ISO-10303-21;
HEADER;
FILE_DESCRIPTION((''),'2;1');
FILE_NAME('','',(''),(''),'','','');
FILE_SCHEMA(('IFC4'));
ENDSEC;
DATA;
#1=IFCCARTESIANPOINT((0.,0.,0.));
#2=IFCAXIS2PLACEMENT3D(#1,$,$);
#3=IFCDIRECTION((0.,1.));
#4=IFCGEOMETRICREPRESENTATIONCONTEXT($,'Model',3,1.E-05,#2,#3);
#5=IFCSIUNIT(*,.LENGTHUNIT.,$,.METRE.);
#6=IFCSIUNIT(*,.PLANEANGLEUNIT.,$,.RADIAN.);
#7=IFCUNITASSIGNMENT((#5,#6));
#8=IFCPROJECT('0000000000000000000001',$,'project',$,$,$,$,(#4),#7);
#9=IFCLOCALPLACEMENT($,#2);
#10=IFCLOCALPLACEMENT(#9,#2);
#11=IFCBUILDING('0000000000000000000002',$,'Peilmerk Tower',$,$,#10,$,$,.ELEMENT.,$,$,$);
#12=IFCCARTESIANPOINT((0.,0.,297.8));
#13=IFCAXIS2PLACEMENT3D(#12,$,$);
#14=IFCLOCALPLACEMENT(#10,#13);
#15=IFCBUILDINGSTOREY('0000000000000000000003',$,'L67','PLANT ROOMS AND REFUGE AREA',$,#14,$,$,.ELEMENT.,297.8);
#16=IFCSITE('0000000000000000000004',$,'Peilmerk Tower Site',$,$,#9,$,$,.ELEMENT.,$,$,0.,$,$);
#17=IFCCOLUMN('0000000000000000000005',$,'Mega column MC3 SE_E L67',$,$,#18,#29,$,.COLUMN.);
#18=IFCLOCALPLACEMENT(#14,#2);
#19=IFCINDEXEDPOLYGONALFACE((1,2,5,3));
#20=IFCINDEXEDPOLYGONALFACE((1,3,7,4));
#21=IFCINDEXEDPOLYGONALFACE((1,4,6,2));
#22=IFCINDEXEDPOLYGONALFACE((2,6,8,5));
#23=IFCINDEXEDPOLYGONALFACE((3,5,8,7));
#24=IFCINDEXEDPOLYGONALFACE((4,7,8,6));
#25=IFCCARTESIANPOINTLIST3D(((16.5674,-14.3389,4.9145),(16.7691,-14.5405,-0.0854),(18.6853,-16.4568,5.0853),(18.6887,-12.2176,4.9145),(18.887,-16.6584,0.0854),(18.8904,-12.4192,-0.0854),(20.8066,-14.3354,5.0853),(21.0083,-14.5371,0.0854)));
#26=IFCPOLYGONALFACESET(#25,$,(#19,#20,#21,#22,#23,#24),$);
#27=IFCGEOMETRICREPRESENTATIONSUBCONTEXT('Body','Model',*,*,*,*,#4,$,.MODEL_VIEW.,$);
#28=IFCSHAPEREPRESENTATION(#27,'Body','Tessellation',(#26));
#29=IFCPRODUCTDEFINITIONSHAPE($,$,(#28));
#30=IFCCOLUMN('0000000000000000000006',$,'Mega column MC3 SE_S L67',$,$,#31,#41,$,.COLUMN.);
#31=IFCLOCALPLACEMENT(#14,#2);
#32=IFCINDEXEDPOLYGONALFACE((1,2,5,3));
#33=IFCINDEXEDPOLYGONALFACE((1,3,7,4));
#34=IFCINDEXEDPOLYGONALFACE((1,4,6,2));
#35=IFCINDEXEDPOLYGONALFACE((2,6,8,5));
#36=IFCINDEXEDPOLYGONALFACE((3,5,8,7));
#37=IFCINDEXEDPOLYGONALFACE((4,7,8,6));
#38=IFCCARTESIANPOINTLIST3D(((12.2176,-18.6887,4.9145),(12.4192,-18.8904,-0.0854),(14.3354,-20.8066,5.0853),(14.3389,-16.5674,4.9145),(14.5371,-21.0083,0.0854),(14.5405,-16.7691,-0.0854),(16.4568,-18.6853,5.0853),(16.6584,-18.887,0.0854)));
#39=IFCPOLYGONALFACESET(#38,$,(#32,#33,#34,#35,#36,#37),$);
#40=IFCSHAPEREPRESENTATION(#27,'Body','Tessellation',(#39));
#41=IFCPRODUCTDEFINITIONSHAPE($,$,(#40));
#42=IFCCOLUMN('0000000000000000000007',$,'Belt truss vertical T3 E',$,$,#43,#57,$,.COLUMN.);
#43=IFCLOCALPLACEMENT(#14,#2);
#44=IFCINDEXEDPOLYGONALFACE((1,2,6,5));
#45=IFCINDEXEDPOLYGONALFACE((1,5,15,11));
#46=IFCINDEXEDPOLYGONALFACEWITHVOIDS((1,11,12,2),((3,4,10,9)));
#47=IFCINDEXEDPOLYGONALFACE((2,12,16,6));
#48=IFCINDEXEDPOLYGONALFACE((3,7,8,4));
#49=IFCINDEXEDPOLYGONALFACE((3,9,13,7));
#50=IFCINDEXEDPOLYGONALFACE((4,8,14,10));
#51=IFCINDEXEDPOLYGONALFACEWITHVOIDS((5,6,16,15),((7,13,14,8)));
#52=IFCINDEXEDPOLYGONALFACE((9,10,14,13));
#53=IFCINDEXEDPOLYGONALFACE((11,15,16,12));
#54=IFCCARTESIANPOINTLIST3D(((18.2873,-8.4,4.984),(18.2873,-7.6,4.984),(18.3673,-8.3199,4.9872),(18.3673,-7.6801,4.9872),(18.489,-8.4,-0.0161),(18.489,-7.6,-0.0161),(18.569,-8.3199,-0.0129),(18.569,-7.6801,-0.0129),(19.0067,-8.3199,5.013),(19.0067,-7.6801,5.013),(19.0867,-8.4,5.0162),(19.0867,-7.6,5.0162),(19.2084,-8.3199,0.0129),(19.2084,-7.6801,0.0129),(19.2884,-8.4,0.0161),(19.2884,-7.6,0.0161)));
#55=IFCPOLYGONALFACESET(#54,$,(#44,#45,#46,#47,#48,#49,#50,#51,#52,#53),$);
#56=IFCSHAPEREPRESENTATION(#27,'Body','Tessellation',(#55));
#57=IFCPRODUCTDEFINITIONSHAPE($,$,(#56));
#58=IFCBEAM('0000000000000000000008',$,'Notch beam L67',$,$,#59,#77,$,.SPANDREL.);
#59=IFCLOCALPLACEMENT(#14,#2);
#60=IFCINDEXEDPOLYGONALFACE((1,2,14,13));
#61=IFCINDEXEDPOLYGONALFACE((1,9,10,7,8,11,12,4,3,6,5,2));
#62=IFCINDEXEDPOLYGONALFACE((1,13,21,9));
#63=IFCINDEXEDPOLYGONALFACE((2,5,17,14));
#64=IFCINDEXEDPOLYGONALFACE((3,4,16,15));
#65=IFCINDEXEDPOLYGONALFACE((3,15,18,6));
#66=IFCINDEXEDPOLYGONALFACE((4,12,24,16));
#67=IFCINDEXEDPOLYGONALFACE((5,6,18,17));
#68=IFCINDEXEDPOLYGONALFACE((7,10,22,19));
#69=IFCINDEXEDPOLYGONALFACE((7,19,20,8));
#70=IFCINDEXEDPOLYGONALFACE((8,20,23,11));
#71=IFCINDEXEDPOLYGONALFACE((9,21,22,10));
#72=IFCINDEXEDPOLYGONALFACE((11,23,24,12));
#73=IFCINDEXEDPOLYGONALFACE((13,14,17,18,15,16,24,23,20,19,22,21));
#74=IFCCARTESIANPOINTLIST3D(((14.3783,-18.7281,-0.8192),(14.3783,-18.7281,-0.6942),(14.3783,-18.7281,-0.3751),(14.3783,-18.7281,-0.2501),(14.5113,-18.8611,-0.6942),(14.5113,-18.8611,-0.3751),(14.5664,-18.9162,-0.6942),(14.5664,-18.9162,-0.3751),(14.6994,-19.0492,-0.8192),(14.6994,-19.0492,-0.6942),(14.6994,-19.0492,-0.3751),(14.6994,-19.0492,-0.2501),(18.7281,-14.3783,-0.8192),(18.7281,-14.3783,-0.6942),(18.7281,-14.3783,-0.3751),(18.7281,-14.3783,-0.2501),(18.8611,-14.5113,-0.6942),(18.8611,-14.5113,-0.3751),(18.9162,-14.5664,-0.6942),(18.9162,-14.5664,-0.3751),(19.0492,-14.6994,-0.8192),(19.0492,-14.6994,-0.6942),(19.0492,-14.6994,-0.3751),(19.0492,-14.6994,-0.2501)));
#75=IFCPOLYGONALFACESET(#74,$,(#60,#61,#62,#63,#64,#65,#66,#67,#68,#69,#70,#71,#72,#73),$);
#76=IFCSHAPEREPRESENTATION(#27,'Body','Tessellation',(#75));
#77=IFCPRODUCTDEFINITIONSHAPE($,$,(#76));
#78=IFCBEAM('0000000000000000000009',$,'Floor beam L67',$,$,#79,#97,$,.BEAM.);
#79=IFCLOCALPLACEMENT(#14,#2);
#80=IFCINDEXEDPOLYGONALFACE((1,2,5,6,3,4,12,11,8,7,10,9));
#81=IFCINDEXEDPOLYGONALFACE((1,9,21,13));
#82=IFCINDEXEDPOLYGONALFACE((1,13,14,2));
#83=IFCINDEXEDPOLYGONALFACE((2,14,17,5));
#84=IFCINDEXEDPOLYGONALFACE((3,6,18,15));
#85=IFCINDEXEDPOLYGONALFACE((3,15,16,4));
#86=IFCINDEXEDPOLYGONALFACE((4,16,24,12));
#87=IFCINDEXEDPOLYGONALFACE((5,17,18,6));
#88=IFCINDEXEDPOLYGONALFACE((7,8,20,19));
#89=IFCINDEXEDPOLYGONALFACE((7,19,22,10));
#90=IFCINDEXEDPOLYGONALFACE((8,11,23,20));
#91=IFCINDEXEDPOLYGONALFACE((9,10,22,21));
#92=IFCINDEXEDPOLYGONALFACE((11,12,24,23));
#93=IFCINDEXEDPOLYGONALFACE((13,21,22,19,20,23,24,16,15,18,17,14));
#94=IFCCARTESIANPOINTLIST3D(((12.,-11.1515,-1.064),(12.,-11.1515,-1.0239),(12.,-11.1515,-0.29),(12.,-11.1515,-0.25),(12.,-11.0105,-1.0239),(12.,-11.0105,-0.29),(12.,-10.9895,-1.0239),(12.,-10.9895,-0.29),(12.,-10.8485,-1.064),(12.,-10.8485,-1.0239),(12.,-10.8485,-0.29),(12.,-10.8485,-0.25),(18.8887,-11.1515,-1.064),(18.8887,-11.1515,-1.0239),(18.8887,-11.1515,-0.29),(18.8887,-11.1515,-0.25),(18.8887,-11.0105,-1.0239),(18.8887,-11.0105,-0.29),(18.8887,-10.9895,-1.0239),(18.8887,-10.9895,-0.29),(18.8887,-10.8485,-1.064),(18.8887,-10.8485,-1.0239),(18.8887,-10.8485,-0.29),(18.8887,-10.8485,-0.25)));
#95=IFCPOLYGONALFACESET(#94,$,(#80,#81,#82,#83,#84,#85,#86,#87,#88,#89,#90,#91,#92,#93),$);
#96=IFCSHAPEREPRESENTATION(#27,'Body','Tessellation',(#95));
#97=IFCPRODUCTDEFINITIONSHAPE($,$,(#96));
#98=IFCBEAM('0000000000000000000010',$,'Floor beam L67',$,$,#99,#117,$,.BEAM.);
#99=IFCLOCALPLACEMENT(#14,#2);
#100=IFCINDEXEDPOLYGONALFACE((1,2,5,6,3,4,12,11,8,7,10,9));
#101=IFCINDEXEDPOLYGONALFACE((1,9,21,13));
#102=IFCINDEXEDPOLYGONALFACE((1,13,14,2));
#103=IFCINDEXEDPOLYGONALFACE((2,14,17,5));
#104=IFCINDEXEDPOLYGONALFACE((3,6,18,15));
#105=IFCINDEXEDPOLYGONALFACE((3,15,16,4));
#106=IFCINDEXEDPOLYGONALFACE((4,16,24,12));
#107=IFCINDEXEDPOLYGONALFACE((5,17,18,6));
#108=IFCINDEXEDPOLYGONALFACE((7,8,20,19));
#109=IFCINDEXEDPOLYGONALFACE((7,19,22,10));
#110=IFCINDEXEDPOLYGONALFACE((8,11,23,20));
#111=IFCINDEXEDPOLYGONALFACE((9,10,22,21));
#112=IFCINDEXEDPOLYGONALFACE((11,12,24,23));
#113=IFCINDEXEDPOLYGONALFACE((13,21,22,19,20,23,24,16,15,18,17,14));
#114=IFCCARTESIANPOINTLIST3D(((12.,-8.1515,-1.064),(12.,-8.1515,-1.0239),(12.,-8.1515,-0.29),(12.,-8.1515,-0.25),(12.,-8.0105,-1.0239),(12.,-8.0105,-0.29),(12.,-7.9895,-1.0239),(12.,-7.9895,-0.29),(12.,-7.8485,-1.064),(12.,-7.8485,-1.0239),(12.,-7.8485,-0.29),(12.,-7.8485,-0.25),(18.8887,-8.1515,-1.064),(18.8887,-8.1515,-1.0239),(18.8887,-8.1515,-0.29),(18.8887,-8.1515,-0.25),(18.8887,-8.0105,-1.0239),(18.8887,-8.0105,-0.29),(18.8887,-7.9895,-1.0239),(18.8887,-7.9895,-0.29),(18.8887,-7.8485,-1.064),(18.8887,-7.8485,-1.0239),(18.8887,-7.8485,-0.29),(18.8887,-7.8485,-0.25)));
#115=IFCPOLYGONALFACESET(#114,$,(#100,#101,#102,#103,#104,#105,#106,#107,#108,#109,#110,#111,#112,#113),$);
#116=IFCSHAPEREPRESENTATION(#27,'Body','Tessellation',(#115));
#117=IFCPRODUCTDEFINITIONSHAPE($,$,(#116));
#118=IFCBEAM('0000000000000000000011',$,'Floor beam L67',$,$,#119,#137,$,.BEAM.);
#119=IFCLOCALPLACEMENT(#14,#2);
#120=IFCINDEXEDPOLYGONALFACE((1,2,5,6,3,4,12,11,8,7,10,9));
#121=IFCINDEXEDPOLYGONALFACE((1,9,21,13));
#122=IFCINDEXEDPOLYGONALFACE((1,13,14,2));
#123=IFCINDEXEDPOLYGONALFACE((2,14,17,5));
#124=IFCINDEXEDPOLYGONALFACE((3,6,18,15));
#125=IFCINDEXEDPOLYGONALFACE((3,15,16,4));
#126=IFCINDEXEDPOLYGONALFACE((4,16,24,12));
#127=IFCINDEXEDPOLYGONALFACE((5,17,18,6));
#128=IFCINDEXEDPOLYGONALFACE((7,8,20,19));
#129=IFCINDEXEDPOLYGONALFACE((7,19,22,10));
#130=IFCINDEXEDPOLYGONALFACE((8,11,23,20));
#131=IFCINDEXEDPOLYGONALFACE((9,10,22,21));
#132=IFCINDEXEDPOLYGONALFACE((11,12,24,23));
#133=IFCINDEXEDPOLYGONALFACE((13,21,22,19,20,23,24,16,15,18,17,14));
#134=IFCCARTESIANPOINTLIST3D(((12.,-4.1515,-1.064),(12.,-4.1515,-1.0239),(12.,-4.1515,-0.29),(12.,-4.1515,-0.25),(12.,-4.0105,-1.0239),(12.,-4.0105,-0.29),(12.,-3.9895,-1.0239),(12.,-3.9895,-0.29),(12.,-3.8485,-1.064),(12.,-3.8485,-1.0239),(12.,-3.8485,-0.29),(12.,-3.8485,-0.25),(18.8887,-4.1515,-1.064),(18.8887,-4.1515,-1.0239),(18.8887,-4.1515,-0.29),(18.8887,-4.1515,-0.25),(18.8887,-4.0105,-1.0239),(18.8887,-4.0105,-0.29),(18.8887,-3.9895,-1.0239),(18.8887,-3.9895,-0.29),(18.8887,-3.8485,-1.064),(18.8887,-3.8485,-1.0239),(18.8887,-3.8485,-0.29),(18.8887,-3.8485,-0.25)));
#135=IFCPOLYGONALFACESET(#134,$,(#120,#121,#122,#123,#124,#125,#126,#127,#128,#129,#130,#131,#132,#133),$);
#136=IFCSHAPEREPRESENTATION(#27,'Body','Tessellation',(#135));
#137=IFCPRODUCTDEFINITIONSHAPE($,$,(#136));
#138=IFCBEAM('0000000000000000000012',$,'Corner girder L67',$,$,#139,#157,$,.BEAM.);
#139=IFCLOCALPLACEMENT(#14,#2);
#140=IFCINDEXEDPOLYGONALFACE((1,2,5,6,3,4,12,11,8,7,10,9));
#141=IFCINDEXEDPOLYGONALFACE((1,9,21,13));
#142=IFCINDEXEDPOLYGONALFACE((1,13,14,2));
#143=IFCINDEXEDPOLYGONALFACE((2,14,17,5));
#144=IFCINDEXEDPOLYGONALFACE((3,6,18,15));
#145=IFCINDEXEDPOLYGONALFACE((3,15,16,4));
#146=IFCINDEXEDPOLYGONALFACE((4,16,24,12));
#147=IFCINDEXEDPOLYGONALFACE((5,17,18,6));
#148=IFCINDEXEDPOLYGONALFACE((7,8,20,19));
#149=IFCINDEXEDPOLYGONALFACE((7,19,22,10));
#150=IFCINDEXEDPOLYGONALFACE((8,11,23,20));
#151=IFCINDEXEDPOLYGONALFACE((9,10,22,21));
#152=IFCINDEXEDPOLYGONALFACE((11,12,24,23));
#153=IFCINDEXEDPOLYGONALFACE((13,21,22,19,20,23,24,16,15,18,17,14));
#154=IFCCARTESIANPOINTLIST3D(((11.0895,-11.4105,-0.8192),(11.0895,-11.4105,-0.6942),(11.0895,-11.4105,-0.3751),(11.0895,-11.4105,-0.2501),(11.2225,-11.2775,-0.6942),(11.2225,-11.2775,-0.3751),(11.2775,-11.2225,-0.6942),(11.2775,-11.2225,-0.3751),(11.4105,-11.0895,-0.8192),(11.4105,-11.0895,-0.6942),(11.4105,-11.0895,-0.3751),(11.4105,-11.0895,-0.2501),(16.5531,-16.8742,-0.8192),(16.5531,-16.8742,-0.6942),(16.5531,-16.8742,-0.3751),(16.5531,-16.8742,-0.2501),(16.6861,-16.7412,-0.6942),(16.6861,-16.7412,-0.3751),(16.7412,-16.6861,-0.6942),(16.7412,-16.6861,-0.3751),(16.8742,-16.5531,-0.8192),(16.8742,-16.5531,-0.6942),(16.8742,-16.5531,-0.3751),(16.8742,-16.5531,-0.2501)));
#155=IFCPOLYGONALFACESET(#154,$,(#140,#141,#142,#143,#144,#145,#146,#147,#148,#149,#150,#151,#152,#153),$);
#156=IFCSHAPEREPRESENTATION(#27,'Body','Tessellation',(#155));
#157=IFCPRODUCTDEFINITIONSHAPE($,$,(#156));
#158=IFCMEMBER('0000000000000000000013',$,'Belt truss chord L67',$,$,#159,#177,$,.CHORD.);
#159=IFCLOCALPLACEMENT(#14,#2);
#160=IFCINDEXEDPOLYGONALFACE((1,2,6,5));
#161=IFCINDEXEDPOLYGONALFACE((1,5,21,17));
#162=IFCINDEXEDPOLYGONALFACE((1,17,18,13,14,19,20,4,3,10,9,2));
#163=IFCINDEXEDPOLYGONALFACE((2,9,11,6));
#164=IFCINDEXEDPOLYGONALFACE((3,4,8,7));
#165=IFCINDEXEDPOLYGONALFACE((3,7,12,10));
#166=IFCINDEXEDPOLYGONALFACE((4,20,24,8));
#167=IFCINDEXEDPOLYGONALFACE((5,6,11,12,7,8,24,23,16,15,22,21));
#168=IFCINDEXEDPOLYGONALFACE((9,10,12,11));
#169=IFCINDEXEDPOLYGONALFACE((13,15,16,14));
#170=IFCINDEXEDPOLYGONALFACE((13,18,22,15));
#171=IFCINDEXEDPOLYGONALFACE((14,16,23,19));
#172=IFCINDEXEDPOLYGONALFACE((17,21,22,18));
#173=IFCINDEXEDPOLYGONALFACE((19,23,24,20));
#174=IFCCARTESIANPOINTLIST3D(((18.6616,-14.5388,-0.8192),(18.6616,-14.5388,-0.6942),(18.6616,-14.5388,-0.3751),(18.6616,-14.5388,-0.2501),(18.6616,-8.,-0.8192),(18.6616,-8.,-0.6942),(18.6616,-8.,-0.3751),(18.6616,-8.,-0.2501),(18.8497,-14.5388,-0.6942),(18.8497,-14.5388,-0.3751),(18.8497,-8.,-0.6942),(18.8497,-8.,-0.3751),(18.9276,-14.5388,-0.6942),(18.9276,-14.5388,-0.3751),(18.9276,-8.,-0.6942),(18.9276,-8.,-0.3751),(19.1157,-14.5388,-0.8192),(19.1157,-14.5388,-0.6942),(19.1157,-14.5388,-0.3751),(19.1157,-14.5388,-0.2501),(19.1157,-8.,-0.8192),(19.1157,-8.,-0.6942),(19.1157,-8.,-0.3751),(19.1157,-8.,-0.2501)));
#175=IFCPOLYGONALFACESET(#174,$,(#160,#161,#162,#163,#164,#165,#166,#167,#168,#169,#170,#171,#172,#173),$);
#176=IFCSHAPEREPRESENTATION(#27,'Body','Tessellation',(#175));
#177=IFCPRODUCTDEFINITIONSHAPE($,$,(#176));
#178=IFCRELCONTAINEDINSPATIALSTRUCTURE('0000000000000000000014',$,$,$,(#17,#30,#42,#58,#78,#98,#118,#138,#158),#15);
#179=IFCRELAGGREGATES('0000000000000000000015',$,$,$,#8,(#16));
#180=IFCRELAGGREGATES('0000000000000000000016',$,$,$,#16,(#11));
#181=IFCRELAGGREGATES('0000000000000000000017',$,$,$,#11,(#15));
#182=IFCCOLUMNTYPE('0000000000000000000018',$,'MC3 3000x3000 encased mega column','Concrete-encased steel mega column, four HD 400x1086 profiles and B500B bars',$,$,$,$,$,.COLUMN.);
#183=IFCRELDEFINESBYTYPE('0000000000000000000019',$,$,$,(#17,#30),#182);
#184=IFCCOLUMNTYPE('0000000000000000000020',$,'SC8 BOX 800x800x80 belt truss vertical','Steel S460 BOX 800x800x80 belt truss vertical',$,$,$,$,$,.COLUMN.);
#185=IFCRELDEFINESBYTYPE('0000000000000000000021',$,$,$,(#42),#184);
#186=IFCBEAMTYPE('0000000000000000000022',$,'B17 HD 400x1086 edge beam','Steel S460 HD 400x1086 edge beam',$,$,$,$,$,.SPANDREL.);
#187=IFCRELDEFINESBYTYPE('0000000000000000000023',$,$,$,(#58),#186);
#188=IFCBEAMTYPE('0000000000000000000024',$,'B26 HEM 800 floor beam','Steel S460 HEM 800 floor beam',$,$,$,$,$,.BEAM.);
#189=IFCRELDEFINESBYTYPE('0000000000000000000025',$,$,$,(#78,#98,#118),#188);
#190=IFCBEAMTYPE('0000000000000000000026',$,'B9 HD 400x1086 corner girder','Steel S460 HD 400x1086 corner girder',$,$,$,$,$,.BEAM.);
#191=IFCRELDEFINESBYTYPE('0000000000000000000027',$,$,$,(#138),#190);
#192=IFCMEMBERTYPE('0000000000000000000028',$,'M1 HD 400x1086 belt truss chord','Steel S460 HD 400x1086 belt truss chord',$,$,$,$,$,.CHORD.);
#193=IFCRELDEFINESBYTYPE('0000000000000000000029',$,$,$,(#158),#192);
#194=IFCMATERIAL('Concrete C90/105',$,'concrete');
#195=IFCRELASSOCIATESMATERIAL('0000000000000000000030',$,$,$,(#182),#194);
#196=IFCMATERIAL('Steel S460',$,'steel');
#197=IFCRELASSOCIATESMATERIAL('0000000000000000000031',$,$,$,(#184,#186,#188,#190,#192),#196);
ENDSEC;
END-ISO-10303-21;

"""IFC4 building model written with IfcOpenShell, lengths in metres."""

from ifc_helpers import new_model, si_unit, direction, frame, origin, origin_2d, place, context, subcontext, project, spatial, rectangle, hollow_rectangle, i_section, extrude, material, material_profile, profile_set, type_object, element, save


model = new_model("IFC4")

# Units and contexts
model_context = context("Model", 3, precision=1e-05, world=origin(), true_north=direction((0.0, 1.0)))
body_context = subcontext(model_context, "Body", "Model", "MODEL_VIEW")
ifc_project = project(units=[si_unit("LENGTHUNIT", "METRE"), si_unit("PLANEANGLEUNIT", "RADIAN")], contexts=[model_context])

# Site, building, storey
site_placement = place(None, origin())
site = spatial("IfcSite", under=ifc_project, at=site_placement, Name="Peilmerk Tower Site", CompositionType="ELEMENT", RefElevation=0.0)
building_placement = place(site_placement, origin())
building = spatial("IfcBuilding", under=site, at=building_placement, Name="Peilmerk Tower", CompositionType="ELEMENT")
storey_placement = place(building_placement, frame((0.0, 0.0, 297.8)))
storey = spatial("IfcBuildingStorey", under=building, at=storey_placement, Name="L67", Description="PLANT ROOMS AND REFUGE AREA", CompositionType="ELEMENT", Elevation=297.8)

# Columns
ifc_material_1 = material(Name="Concrete C90/105", Category="concrete")
ifc_material_profile_1 = material_profile(ifc_material_1, rectangle(XDim=3.0, YDim=3.0, at=origin_2d()), Name="RC 3000x3000")
ifc_profile_set_1 = profile_set([ifc_material_profile_1], Name="Concrete C90/105")
column_type_1 = type_object("IfcColumnType", Name="MC3 3000x3000 encased mega column", Description="Concrete-encased steel mega column, four HD 400x1086 profiles and B500B bars", PredefinedType="COLUMN", material=ifc_profile_set_1)
for number, where, z_axis, x_axis, name in (
    (1, (18.8887, -14.5388, 0.0), (-0.040267, 0.040267, 0.998377), (-0.707107, -0.707107, 0.0), "Mega column MC3 SE_E L67"),
    (2, (14.5388, -18.8887, 0.0), (-0.040267, 0.040267, 0.998377), (-0.707107, -0.707107, 0.0), "Mega column MC3 SE_S L67"),
):
    element("IfcColumn", number, at=place(storey_placement, frame(where, z_axis=z_axis, x_axis=x_axis)), inside=storey, type_object=column_type_1, Name=name, PredefinedType="COLUMN", context=body_context, shape_type="SweptSolid", body=[
        extrude(rectangle(XDim=3.0, YDim=3.0, at=origin_2d()), origin(), (0.0, 0.0, 1.0), 5.0081),
    ])
ifc_material_2 = material(Name="Steel S460", Category="steel")
ifc_material_profile_2 = material_profile(ifc_material_2, hollow_rectangle(XDim=0.8, YDim=0.8, WallThickness=0.0801, at=origin_2d()), Name="BOX 800x800x80")
ifc_profile_set_2 = profile_set([ifc_material_profile_2], Name="Steel S460")
column_type_2 = type_object("IfcColumnType", Name="SC8 BOX 800x800x80 belt truss vertical", Description="Steel S460 BOX 800x800x80 belt truss vertical", PredefinedType="COLUMN", material=ifc_profile_set_2)
column_placement = place(storey_placement, frame((18.8887, -8.0, 0.0), z_axis=(-0.040299, 0.0, 0.999188), x_axis=(0.0, -1.0, 0.0)))
element("IfcColumn", 3, at=column_placement, inside=storey, type_object=column_type_2, Name="Belt truss vertical T3 E", PredefinedType="COLUMN", context=body_context, shape_type="SweptSolid", body=[
    extrude(hollow_rectangle(XDim=0.8, YDim=0.8, WallThickness=0.0801, at=origin_2d()), origin(), (0.0, 0.0, 1.0), 5.0042),
])

# Beams
ifc_material_profile_3 = material_profile(ifc_material_2, i_section(OverallWidth=0.4541, OverallDepth=0.5691, WebThickness=0.0779, FlangeThickness=0.125, at=origin_2d()), Name="HD 400x1086")
ifc_profile_set_3 = profile_set([ifc_material_profile_3], Name="Steel S460")
beam_type_1 = type_object("IfcBeamType", Name="B17 HD 400x1086 edge beam", Description="Steel S460 HD 400x1086 edge beam", PredefinedType="SPANDREL", material=ifc_profile_set_3)
beam_1_placement = place(storey_placement, frame((18.8887, -14.5388, -0.5347), z_axis=(-0.707107, -0.707107, 0.0), x_axis=(0.707107, -0.707107, 0.0)))
element("IfcBeam", 4, at=beam_1_placement, inside=storey, type_object=beam_type_1, Name="Notch beam L67", PredefinedType="SPANDREL", context=body_context, shape_type="SweptSolid", body=[
    extrude(i_section(OverallWidth=0.4541, OverallDepth=0.5691, WebThickness=0.0779, FlangeThickness=0.125, at=origin_2d()), origin(), (0.0, 0.0, 1.0), 6.1516),
])
ifc_material_profile_4 = material_profile(ifc_material_2, i_section(OverallWidth=0.303, OverallDepth=0.814, WebThickness=0.021, FlangeThickness=0.04, at=origin_2d()), Name="HEM 800")
ifc_profile_set_4 = profile_set([ifc_material_profile_4], Name="Steel S460")
beam_type_2 = type_object("IfcBeamType", Name="B26 HEM 800 floor beam", Description="Steel S460 HEM 800 floor beam", PredefinedType="BEAM", material=ifc_profile_set_4)
for number, where, z_axis, x_axis, name in (
    (5, (12.0, -11.0, -0.657), (1.0, 0.0, 0.0), (0.0, 1.0, 0.0), "Floor beam L67"),
    (6, (12.0, -8.0, -0.657), (1.0, 0.0, 0.0), (0.0, 1.0, 0.0), "Floor beam L67"),
    (7, (12.0, -4.0, -0.657), (1.0, 0.0, 0.0), (0.0, 1.0, 0.0), "Floor beam L67"),
):
    element("IfcBeam", number, at=place(storey_placement, frame(where, z_axis=z_axis, x_axis=x_axis)), inside=storey, type_object=beam_type_2, Name=name, PredefinedType="BEAM", context=body_context, shape_type="SweptSolid", body=[
        extrude(i_section(OverallWidth=0.303, OverallDepth=0.814, WebThickness=0.021, FlangeThickness=0.04, at=origin_2d()), origin(), (0.0, 0.0, 1.0), 6.8887),
    ])
ifc_material_profile_5 = material_profile(ifc_material_2, i_section(OverallWidth=0.4541, OverallDepth=0.5691, WebThickness=0.0779, FlangeThickness=0.125, at=origin_2d()), Name="HD 400x1086")
ifc_profile_set_5 = profile_set([ifc_material_profile_5], Name="Steel S460")
beam_type_3 = type_object("IfcBeamType", Name="B9 HD 400x1086 corner girder", Description="Steel S460 HD 400x1086 corner girder", PredefinedType="BEAM", material=ifc_profile_set_5)
beam_2_placement = place(storey_placement, frame((11.25, -11.25, -0.5347), z_axis=(0.707107, -0.707107, 0.0), x_axis=(0.707107, 0.707107, 0.0)))
element("IfcBeam", 8, at=beam_2_placement, inside=storey, type_object=beam_type_3, Name="Corner girder L67", PredefinedType="BEAM", context=body_context, shape_type="SweptSolid", body=[
    extrude(i_section(OverallWidth=0.4541, OverallDepth=0.5691, WebThickness=0.0779, FlangeThickness=0.125, at=origin_2d()), origin(), (0.0, 0.0, 1.0), 7.7268),
])

# Member
ifc_material_profile_6 = material_profile(ifc_material_2, i_section(OverallWidth=0.4541, OverallDepth=0.5691, WebThickness=0.0779, FlangeThickness=0.125, at=origin_2d()), Name="HD 400x1086")
ifc_profile_set_6 = profile_set([ifc_material_profile_6], Name="Steel S460")
member_type_1 = type_object("IfcMemberType", Name="M1 HD 400x1086 belt truss chord", Description="Steel S460 HD 400x1086 belt truss chord", PredefinedType="CHORD", material=ifc_profile_set_6)
member_1_placement = place(storey_placement, frame((18.8887, -14.5388, -0.5347), z_axis=(0.0, 1.0, 0.0), x_axis=(-1.0, 0.0, 0.0)))
element("IfcMember", 9, at=member_1_placement, inside=storey, type_object=member_type_1, Name="Belt truss chord L67", PredefinedType="CHORD", context=body_context, shape_type="SweptSolid", body=[
    extrude(i_section(OverallWidth=0.4541, OverallDepth=0.5691, WebThickness=0.0779, FlangeThickness=0.125, at=origin_2d()), origin(), (0.0, 0.0, 1.0), 6.5388),
])

save(model, "model.ifc")
